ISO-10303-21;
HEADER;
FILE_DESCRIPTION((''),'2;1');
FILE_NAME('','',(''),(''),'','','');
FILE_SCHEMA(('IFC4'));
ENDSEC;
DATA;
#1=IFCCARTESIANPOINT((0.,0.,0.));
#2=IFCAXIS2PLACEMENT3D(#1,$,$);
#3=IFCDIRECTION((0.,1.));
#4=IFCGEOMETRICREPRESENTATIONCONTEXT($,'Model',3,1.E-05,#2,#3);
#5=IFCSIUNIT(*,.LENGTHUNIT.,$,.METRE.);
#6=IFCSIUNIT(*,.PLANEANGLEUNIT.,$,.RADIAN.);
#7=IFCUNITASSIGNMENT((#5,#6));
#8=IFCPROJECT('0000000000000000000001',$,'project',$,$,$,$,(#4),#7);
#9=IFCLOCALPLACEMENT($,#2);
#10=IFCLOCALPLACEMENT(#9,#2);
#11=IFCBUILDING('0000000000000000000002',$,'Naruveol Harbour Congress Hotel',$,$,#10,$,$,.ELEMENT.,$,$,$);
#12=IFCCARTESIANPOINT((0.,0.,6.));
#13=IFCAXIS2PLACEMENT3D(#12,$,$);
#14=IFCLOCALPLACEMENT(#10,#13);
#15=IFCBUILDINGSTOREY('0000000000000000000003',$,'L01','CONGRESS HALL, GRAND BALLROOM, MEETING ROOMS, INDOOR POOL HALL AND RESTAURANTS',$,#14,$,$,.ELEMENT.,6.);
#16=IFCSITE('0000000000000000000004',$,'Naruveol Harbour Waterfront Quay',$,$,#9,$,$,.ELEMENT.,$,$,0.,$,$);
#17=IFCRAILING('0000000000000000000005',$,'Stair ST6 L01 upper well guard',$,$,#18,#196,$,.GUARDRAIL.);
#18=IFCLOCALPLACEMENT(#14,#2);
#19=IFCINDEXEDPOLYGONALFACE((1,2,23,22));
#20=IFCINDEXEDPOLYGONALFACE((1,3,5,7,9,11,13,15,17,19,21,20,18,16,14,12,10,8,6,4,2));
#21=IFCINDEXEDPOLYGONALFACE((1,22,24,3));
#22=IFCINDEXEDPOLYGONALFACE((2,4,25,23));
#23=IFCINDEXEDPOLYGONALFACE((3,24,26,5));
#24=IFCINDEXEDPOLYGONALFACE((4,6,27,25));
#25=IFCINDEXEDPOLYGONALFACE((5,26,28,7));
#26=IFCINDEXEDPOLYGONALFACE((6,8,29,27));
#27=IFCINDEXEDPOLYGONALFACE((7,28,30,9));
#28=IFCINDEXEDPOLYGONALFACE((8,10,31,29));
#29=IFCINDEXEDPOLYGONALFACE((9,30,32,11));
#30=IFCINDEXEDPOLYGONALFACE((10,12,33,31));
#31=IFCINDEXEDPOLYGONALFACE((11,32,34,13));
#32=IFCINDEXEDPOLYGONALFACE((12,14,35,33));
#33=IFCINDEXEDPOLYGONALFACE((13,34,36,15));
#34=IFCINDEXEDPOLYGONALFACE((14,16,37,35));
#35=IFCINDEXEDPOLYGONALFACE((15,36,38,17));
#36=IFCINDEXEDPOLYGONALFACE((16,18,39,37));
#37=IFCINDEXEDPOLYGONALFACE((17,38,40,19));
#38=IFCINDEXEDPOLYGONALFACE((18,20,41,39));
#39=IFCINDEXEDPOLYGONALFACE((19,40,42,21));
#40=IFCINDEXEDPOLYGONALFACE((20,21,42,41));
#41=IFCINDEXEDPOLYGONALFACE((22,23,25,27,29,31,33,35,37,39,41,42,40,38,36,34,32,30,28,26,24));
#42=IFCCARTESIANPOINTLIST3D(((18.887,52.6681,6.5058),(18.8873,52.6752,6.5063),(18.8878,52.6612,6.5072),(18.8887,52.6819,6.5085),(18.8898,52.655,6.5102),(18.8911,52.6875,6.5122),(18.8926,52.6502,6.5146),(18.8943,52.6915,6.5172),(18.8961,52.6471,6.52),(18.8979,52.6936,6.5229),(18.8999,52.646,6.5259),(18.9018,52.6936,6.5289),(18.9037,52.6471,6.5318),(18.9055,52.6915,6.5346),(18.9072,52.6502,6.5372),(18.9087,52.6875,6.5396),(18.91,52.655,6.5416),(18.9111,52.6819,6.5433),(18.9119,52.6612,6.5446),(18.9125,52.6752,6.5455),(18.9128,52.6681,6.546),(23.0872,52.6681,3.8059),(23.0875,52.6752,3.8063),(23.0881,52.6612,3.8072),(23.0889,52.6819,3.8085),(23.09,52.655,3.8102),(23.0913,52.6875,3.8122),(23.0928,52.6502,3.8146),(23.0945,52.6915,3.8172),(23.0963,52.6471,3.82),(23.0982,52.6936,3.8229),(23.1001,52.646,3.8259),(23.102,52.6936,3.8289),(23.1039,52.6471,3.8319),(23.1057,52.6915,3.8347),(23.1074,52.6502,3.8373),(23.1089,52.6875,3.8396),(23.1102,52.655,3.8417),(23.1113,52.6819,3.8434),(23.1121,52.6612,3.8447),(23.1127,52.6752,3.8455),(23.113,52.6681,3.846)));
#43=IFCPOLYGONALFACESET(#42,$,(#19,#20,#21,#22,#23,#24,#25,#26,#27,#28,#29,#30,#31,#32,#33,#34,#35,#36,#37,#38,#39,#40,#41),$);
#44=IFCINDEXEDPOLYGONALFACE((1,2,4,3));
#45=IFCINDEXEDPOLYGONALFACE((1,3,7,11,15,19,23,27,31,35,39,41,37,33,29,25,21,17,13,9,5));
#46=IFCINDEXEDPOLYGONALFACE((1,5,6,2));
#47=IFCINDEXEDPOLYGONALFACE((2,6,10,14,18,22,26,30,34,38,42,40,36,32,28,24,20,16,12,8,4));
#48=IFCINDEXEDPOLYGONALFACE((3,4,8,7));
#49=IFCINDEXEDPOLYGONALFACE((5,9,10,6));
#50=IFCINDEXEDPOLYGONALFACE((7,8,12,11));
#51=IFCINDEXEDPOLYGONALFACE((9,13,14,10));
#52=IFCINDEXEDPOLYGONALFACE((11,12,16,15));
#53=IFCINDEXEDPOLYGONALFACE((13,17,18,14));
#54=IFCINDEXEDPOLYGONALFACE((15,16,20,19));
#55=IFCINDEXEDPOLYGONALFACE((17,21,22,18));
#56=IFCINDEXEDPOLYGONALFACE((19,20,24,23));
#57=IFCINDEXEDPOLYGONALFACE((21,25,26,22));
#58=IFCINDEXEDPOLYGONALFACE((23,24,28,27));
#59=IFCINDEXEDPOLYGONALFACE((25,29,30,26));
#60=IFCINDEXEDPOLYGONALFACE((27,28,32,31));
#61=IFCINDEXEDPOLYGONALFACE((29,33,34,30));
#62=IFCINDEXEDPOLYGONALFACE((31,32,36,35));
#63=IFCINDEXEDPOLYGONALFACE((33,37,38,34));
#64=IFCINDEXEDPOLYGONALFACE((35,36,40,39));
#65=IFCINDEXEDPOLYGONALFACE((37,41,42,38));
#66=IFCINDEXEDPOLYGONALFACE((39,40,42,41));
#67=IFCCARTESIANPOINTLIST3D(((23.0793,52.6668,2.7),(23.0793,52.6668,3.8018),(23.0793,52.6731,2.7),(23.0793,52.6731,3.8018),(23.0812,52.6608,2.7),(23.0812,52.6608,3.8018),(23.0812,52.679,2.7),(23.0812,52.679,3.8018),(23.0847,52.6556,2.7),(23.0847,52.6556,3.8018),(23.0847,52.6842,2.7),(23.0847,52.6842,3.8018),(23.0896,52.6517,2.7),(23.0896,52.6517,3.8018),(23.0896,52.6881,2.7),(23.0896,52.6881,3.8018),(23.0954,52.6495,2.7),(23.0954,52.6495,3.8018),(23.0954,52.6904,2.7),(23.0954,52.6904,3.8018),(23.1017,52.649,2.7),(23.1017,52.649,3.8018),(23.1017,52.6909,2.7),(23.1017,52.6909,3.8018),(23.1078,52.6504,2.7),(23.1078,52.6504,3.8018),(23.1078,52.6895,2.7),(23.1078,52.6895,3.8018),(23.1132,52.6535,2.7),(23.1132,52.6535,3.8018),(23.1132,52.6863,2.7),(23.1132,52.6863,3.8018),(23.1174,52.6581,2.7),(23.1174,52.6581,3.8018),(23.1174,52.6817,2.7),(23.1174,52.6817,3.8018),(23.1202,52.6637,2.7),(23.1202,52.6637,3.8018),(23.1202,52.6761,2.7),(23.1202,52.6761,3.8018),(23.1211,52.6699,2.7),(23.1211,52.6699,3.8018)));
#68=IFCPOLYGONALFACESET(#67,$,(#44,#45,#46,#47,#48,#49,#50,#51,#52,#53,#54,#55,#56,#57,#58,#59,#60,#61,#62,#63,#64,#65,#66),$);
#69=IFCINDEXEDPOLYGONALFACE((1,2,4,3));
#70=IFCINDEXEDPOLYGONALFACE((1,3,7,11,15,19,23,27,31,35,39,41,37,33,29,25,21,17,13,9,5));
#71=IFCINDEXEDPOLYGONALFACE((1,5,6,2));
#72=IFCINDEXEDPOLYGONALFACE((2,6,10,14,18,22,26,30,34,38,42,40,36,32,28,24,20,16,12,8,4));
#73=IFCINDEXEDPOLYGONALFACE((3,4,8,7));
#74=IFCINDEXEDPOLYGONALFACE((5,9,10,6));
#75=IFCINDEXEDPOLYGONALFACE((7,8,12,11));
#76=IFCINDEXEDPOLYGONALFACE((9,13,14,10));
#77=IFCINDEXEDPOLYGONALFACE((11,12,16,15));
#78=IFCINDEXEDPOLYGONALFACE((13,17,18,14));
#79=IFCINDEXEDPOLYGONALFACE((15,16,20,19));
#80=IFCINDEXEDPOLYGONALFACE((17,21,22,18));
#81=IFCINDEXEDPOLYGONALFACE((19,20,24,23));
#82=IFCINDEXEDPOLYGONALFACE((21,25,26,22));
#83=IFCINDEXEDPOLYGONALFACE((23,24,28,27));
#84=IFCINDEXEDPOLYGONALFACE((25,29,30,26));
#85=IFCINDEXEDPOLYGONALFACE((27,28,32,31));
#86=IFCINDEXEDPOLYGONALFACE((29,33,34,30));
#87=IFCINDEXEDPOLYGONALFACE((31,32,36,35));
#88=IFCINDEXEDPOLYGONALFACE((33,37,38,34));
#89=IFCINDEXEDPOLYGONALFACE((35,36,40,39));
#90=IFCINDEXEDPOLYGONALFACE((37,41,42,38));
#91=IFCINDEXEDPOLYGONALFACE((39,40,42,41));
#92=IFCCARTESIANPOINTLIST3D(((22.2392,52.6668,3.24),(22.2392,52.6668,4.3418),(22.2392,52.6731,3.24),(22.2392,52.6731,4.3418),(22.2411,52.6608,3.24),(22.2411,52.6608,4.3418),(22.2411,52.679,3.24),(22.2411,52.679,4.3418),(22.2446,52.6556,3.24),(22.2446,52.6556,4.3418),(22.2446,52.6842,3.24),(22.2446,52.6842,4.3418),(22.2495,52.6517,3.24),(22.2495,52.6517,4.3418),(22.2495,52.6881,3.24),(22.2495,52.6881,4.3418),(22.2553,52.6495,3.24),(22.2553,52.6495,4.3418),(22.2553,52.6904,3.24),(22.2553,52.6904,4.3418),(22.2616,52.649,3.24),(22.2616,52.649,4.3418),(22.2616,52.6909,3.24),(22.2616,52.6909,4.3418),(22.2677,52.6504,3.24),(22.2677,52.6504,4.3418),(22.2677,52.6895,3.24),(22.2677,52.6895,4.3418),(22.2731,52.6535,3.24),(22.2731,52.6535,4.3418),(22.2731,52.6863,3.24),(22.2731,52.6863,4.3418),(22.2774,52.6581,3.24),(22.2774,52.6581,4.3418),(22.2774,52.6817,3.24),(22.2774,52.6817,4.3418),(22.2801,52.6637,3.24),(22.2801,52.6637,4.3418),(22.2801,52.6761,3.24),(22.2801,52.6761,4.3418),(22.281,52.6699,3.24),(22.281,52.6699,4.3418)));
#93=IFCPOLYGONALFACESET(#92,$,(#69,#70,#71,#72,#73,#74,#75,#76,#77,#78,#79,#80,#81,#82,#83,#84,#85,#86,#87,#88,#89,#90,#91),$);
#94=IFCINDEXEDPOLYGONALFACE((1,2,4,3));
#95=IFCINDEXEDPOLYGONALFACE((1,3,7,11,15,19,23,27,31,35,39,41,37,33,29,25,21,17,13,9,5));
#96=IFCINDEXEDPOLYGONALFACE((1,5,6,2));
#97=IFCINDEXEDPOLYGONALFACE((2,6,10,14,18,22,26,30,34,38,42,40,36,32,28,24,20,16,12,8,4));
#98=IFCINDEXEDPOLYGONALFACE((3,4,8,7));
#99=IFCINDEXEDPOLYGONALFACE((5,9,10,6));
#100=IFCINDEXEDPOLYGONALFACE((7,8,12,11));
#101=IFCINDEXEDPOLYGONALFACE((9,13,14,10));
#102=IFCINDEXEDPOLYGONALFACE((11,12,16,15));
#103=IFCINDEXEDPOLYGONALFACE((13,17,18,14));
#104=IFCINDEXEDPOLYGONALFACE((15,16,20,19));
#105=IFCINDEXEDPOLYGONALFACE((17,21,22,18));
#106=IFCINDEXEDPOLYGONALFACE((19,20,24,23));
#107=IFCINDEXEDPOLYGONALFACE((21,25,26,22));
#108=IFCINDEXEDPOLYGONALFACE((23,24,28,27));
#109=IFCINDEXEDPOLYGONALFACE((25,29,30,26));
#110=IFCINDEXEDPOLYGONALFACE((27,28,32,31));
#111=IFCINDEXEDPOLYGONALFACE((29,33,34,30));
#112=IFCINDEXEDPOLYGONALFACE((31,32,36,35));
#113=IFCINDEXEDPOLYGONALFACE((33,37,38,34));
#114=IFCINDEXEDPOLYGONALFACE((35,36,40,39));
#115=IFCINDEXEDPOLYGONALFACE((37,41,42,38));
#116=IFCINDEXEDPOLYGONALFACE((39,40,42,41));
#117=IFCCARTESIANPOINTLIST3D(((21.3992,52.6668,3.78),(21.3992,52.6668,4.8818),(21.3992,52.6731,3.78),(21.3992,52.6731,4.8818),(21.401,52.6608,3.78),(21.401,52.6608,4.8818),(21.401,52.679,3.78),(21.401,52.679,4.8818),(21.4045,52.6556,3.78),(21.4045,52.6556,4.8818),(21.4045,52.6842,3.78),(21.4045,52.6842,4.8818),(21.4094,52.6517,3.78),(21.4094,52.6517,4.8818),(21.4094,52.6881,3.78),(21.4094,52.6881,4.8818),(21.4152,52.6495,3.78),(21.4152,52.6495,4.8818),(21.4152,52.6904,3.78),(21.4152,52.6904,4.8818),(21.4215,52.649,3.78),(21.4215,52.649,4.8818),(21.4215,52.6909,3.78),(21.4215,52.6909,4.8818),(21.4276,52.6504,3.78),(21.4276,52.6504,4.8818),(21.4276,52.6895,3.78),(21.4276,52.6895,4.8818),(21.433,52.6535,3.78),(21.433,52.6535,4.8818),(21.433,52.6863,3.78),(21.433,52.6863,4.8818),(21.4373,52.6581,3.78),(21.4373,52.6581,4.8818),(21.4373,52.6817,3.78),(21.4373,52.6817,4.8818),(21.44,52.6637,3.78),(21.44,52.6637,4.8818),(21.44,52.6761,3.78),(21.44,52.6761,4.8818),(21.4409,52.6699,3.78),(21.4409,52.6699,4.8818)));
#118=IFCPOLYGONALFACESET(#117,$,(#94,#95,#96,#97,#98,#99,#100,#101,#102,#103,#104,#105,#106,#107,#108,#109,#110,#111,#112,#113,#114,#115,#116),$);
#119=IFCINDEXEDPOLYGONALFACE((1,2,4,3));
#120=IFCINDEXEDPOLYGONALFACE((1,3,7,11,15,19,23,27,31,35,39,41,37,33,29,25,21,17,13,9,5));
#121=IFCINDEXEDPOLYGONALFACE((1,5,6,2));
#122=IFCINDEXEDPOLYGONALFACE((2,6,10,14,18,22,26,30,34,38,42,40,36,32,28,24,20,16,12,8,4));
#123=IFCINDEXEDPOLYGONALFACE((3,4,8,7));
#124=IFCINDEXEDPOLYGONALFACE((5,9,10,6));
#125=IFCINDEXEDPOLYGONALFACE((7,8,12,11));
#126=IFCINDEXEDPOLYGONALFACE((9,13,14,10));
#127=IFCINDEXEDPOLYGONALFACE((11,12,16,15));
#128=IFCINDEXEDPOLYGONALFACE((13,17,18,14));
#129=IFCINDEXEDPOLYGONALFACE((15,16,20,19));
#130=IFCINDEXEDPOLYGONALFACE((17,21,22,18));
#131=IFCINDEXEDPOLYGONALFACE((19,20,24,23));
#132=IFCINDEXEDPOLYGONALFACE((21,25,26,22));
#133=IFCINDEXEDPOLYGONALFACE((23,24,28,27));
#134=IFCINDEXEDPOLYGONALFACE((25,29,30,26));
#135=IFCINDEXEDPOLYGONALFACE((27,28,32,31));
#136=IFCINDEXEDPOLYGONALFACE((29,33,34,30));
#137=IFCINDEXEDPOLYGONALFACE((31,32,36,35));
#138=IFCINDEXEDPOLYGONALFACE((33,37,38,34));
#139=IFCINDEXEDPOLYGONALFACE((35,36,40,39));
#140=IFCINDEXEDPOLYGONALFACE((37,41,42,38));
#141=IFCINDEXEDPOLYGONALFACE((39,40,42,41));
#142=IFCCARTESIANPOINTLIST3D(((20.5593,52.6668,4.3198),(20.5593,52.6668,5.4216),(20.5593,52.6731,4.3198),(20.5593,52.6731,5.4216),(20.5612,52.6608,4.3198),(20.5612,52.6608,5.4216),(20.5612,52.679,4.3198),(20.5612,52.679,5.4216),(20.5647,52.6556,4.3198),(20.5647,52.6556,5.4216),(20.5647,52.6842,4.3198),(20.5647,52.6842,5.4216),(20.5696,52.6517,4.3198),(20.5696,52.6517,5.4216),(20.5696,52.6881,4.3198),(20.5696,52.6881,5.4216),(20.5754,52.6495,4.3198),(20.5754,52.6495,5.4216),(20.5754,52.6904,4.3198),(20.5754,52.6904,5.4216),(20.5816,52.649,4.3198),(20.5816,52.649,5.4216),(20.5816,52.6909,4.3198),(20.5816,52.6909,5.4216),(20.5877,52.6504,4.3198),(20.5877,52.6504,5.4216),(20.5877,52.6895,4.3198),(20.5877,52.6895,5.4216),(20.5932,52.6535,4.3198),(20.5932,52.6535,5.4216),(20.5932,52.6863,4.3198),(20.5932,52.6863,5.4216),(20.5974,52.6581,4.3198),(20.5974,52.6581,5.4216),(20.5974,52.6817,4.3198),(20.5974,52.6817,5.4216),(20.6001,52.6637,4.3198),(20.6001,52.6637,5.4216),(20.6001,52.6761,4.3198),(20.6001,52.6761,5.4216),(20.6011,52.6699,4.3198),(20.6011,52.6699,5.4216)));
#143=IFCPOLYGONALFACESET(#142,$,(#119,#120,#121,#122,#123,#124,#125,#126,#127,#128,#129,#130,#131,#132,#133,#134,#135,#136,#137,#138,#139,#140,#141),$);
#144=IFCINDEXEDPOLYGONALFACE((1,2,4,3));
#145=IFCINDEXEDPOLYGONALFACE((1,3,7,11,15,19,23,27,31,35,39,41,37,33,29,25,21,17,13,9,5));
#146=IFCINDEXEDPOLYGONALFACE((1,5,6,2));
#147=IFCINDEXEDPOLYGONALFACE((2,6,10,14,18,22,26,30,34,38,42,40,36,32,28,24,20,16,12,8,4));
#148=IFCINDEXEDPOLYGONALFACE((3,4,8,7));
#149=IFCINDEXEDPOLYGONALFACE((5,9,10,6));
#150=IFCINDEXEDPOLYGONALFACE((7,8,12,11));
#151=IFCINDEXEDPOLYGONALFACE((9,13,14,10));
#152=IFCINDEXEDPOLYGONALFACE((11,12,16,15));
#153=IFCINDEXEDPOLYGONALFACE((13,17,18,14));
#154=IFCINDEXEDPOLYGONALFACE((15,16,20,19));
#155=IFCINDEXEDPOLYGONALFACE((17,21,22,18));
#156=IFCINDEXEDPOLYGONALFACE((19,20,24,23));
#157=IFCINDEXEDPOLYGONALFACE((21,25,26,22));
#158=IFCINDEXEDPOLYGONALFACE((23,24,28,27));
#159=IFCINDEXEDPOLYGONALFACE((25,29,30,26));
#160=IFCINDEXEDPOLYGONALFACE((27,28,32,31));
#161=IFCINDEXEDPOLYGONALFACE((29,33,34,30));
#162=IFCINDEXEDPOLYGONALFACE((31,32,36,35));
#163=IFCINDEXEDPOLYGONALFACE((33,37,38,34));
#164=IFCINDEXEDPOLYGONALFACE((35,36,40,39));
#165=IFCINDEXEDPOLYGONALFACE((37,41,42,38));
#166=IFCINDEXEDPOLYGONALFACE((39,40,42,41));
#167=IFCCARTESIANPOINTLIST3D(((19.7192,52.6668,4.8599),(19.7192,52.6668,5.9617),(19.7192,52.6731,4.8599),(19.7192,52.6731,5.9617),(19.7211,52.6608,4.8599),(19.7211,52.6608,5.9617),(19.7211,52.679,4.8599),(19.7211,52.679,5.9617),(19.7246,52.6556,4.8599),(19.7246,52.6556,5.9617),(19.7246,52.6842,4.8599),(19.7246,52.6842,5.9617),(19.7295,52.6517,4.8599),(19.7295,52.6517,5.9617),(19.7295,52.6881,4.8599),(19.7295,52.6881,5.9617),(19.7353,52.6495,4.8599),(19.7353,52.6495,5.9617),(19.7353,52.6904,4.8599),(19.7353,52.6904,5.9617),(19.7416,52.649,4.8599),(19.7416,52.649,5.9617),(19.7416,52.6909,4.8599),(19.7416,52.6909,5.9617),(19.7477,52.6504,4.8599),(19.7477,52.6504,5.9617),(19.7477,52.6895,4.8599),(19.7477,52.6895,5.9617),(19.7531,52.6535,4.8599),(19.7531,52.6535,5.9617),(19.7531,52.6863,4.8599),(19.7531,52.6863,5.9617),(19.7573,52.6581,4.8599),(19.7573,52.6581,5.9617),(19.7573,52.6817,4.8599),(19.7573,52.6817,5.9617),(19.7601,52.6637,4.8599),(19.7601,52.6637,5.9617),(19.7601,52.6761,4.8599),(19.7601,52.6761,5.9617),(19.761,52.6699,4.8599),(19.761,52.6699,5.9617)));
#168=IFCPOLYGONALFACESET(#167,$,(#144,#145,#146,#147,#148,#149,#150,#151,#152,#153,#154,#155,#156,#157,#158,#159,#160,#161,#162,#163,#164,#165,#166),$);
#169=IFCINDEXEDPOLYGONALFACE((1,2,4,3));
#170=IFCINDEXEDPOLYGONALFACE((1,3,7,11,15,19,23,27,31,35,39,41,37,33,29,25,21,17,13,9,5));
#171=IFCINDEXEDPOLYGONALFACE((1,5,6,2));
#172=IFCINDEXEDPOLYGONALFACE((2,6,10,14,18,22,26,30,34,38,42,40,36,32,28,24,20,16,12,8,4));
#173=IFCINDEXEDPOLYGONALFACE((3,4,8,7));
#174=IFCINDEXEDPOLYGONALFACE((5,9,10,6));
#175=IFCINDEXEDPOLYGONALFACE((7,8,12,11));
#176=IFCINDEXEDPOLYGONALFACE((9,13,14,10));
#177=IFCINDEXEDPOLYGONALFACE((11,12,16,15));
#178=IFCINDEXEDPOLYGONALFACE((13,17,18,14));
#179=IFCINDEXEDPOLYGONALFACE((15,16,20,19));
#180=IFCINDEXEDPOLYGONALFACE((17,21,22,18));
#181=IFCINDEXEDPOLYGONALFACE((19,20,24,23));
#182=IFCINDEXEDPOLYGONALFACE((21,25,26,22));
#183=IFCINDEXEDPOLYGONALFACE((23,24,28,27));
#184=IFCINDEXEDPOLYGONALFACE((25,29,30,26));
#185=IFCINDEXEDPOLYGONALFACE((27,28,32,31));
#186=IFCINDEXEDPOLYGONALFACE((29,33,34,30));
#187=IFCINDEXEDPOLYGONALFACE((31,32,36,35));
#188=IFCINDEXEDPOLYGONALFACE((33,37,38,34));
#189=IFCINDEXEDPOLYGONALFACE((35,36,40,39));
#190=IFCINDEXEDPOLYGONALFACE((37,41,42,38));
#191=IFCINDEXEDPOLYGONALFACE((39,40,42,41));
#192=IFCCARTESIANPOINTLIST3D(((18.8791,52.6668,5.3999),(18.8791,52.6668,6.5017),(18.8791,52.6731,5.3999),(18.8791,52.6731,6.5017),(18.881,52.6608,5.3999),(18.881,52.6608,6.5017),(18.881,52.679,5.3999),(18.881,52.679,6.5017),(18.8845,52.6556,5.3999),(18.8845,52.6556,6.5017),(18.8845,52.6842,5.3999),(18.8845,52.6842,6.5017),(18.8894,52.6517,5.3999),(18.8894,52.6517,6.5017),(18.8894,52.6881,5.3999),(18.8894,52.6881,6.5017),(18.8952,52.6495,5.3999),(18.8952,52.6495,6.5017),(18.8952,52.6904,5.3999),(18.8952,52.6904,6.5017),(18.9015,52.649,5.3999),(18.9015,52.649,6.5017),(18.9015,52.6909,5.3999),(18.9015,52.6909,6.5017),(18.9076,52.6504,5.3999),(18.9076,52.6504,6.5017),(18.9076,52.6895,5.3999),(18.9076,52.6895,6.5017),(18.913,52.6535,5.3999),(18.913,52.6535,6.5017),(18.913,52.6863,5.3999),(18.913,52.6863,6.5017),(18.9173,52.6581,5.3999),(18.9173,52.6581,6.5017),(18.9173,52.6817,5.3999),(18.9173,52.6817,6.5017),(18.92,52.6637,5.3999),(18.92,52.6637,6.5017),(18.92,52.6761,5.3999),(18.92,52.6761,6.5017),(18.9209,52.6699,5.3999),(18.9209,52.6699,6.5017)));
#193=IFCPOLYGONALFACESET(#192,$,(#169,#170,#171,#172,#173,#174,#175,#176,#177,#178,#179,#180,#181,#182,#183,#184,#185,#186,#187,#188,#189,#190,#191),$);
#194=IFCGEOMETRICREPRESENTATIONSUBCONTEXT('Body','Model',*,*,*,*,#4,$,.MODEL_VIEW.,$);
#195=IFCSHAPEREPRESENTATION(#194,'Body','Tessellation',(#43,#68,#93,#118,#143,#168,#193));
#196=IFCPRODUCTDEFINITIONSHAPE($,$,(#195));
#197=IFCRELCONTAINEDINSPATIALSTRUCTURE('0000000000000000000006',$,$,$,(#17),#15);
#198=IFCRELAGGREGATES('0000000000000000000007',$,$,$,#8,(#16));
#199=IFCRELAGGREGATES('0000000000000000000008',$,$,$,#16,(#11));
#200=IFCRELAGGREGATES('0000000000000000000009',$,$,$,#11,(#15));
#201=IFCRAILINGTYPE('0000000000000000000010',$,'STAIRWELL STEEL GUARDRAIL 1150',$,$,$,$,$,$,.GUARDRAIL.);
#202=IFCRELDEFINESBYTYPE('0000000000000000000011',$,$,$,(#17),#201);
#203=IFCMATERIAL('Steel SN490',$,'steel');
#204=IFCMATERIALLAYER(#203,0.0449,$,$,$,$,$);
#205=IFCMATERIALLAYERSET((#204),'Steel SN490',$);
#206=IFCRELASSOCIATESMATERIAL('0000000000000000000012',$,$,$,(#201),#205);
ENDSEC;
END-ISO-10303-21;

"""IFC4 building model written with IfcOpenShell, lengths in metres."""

from ifc_helpers import new_model, si_unit, direction, frame, origin, origin_2d, place, context, subcontext, project, spatial, circle, extrude, material, layer, layer_set, type_object, element, save


model = new_model("IFC4")

# Units and contexts
model_context = context("Model", 3, precision=1e-05, world=origin(), true_north=direction((0.0, 1.0)))
body_context = subcontext(model_context, "Body", "Model", "MODEL_VIEW")
ifc_project = project(units=[si_unit("LENGTHUNIT", "METRE"), si_unit("PLANEANGLEUNIT", "RADIAN")], contexts=[model_context])

# Site, building, storey
site_placement = place(None, origin())
site = spatial("IfcSite", under=ifc_project, at=site_placement, Name="Naruveol Harbour Waterfront Quay", CompositionType="ELEMENT", RefElevation=0.0)
building_placement = place(site_placement, origin())
building = spatial("IfcBuilding", under=site, at=building_placement, Name="Naruveol Harbour Congress Hotel", CompositionType="ELEMENT")
storey_placement = place(building_placement, frame((0.0, 0.0, 6.0)))
storey = spatial("IfcBuildingStorey", under=building, at=storey_placement, Name="L01", Description="CONGRESS HALL, GRAND BALLROOM, MEETING ROOMS, INDOOR POOL HALL AND RESTAURANTS", CompositionType="ELEMENT", Elevation=6.0)

# Railing
ifc_material_1 = material(Name="Steel SN490", Category="steel")
ifc_layer_1 = layer(ifc_material_1, 0.0449)
ifc_layer_set_1 = layer_set([ifc_layer_1], Name="Steel SN490")
railing_type_1 = type_object("IfcRailingType", Name="STAIRWELL STEEL GUARDRAIL 1150", PredefinedType="GUARDRAIL", material=ifc_layer_set_1)
railing_1_placement = place(storey_placement, frame((23.1001, 52.6699, 2.7)))
element("IfcRailing", 1, at=railing_1_placement, inside=storey, type_object=railing_type_1, Name="Stair ST6 L01 upper well guard", PredefinedType="GUARDRAIL", context=body_context, shape_type="SweptSolid", body=[
    extrude(circle(Radius=0.0239, at=origin_2d()), frame((0.0, 0.0, 1.126), z_axis=(-0.841194, 0.0, 0.540733), x_axis=(0.0, -1.0, 0.0)), (0.0, 0.0, 1.0), 4.9932),
    extrude(circle(Radius=0.021, at=origin_2d()), origin(), (0.0, 0.0, 1.0), 1.1018),
    extrude(circle(Radius=0.021, at=origin_2d()), frame((-0.8401, 0.0, 0.54)), (0.0, 0.0, 1.0), 1.1018),
    extrude(circle(Radius=0.021, at=origin_2d()), frame((-1.6802, 0.0, 1.0801)), (0.0, 0.0, 1.0), 1.1018),
    extrude(circle(Radius=0.021, at=origin_2d()), frame((-2.52, 0.0, 1.6199)), (0.0, 0.0, 1.0), 1.1018),
    extrude(circle(Radius=0.021, at=origin_2d()), frame((-3.3601, 0.0, 2.1599)), (0.0, 0.0, 1.0), 1.1018),
    extrude(circle(Radius=0.021, at=origin_2d()), frame((-4.2002, 0.0, 2.7)), (0.0, 0.0, 1.0), 1.1018),
])

save(model, "model.ifc")
